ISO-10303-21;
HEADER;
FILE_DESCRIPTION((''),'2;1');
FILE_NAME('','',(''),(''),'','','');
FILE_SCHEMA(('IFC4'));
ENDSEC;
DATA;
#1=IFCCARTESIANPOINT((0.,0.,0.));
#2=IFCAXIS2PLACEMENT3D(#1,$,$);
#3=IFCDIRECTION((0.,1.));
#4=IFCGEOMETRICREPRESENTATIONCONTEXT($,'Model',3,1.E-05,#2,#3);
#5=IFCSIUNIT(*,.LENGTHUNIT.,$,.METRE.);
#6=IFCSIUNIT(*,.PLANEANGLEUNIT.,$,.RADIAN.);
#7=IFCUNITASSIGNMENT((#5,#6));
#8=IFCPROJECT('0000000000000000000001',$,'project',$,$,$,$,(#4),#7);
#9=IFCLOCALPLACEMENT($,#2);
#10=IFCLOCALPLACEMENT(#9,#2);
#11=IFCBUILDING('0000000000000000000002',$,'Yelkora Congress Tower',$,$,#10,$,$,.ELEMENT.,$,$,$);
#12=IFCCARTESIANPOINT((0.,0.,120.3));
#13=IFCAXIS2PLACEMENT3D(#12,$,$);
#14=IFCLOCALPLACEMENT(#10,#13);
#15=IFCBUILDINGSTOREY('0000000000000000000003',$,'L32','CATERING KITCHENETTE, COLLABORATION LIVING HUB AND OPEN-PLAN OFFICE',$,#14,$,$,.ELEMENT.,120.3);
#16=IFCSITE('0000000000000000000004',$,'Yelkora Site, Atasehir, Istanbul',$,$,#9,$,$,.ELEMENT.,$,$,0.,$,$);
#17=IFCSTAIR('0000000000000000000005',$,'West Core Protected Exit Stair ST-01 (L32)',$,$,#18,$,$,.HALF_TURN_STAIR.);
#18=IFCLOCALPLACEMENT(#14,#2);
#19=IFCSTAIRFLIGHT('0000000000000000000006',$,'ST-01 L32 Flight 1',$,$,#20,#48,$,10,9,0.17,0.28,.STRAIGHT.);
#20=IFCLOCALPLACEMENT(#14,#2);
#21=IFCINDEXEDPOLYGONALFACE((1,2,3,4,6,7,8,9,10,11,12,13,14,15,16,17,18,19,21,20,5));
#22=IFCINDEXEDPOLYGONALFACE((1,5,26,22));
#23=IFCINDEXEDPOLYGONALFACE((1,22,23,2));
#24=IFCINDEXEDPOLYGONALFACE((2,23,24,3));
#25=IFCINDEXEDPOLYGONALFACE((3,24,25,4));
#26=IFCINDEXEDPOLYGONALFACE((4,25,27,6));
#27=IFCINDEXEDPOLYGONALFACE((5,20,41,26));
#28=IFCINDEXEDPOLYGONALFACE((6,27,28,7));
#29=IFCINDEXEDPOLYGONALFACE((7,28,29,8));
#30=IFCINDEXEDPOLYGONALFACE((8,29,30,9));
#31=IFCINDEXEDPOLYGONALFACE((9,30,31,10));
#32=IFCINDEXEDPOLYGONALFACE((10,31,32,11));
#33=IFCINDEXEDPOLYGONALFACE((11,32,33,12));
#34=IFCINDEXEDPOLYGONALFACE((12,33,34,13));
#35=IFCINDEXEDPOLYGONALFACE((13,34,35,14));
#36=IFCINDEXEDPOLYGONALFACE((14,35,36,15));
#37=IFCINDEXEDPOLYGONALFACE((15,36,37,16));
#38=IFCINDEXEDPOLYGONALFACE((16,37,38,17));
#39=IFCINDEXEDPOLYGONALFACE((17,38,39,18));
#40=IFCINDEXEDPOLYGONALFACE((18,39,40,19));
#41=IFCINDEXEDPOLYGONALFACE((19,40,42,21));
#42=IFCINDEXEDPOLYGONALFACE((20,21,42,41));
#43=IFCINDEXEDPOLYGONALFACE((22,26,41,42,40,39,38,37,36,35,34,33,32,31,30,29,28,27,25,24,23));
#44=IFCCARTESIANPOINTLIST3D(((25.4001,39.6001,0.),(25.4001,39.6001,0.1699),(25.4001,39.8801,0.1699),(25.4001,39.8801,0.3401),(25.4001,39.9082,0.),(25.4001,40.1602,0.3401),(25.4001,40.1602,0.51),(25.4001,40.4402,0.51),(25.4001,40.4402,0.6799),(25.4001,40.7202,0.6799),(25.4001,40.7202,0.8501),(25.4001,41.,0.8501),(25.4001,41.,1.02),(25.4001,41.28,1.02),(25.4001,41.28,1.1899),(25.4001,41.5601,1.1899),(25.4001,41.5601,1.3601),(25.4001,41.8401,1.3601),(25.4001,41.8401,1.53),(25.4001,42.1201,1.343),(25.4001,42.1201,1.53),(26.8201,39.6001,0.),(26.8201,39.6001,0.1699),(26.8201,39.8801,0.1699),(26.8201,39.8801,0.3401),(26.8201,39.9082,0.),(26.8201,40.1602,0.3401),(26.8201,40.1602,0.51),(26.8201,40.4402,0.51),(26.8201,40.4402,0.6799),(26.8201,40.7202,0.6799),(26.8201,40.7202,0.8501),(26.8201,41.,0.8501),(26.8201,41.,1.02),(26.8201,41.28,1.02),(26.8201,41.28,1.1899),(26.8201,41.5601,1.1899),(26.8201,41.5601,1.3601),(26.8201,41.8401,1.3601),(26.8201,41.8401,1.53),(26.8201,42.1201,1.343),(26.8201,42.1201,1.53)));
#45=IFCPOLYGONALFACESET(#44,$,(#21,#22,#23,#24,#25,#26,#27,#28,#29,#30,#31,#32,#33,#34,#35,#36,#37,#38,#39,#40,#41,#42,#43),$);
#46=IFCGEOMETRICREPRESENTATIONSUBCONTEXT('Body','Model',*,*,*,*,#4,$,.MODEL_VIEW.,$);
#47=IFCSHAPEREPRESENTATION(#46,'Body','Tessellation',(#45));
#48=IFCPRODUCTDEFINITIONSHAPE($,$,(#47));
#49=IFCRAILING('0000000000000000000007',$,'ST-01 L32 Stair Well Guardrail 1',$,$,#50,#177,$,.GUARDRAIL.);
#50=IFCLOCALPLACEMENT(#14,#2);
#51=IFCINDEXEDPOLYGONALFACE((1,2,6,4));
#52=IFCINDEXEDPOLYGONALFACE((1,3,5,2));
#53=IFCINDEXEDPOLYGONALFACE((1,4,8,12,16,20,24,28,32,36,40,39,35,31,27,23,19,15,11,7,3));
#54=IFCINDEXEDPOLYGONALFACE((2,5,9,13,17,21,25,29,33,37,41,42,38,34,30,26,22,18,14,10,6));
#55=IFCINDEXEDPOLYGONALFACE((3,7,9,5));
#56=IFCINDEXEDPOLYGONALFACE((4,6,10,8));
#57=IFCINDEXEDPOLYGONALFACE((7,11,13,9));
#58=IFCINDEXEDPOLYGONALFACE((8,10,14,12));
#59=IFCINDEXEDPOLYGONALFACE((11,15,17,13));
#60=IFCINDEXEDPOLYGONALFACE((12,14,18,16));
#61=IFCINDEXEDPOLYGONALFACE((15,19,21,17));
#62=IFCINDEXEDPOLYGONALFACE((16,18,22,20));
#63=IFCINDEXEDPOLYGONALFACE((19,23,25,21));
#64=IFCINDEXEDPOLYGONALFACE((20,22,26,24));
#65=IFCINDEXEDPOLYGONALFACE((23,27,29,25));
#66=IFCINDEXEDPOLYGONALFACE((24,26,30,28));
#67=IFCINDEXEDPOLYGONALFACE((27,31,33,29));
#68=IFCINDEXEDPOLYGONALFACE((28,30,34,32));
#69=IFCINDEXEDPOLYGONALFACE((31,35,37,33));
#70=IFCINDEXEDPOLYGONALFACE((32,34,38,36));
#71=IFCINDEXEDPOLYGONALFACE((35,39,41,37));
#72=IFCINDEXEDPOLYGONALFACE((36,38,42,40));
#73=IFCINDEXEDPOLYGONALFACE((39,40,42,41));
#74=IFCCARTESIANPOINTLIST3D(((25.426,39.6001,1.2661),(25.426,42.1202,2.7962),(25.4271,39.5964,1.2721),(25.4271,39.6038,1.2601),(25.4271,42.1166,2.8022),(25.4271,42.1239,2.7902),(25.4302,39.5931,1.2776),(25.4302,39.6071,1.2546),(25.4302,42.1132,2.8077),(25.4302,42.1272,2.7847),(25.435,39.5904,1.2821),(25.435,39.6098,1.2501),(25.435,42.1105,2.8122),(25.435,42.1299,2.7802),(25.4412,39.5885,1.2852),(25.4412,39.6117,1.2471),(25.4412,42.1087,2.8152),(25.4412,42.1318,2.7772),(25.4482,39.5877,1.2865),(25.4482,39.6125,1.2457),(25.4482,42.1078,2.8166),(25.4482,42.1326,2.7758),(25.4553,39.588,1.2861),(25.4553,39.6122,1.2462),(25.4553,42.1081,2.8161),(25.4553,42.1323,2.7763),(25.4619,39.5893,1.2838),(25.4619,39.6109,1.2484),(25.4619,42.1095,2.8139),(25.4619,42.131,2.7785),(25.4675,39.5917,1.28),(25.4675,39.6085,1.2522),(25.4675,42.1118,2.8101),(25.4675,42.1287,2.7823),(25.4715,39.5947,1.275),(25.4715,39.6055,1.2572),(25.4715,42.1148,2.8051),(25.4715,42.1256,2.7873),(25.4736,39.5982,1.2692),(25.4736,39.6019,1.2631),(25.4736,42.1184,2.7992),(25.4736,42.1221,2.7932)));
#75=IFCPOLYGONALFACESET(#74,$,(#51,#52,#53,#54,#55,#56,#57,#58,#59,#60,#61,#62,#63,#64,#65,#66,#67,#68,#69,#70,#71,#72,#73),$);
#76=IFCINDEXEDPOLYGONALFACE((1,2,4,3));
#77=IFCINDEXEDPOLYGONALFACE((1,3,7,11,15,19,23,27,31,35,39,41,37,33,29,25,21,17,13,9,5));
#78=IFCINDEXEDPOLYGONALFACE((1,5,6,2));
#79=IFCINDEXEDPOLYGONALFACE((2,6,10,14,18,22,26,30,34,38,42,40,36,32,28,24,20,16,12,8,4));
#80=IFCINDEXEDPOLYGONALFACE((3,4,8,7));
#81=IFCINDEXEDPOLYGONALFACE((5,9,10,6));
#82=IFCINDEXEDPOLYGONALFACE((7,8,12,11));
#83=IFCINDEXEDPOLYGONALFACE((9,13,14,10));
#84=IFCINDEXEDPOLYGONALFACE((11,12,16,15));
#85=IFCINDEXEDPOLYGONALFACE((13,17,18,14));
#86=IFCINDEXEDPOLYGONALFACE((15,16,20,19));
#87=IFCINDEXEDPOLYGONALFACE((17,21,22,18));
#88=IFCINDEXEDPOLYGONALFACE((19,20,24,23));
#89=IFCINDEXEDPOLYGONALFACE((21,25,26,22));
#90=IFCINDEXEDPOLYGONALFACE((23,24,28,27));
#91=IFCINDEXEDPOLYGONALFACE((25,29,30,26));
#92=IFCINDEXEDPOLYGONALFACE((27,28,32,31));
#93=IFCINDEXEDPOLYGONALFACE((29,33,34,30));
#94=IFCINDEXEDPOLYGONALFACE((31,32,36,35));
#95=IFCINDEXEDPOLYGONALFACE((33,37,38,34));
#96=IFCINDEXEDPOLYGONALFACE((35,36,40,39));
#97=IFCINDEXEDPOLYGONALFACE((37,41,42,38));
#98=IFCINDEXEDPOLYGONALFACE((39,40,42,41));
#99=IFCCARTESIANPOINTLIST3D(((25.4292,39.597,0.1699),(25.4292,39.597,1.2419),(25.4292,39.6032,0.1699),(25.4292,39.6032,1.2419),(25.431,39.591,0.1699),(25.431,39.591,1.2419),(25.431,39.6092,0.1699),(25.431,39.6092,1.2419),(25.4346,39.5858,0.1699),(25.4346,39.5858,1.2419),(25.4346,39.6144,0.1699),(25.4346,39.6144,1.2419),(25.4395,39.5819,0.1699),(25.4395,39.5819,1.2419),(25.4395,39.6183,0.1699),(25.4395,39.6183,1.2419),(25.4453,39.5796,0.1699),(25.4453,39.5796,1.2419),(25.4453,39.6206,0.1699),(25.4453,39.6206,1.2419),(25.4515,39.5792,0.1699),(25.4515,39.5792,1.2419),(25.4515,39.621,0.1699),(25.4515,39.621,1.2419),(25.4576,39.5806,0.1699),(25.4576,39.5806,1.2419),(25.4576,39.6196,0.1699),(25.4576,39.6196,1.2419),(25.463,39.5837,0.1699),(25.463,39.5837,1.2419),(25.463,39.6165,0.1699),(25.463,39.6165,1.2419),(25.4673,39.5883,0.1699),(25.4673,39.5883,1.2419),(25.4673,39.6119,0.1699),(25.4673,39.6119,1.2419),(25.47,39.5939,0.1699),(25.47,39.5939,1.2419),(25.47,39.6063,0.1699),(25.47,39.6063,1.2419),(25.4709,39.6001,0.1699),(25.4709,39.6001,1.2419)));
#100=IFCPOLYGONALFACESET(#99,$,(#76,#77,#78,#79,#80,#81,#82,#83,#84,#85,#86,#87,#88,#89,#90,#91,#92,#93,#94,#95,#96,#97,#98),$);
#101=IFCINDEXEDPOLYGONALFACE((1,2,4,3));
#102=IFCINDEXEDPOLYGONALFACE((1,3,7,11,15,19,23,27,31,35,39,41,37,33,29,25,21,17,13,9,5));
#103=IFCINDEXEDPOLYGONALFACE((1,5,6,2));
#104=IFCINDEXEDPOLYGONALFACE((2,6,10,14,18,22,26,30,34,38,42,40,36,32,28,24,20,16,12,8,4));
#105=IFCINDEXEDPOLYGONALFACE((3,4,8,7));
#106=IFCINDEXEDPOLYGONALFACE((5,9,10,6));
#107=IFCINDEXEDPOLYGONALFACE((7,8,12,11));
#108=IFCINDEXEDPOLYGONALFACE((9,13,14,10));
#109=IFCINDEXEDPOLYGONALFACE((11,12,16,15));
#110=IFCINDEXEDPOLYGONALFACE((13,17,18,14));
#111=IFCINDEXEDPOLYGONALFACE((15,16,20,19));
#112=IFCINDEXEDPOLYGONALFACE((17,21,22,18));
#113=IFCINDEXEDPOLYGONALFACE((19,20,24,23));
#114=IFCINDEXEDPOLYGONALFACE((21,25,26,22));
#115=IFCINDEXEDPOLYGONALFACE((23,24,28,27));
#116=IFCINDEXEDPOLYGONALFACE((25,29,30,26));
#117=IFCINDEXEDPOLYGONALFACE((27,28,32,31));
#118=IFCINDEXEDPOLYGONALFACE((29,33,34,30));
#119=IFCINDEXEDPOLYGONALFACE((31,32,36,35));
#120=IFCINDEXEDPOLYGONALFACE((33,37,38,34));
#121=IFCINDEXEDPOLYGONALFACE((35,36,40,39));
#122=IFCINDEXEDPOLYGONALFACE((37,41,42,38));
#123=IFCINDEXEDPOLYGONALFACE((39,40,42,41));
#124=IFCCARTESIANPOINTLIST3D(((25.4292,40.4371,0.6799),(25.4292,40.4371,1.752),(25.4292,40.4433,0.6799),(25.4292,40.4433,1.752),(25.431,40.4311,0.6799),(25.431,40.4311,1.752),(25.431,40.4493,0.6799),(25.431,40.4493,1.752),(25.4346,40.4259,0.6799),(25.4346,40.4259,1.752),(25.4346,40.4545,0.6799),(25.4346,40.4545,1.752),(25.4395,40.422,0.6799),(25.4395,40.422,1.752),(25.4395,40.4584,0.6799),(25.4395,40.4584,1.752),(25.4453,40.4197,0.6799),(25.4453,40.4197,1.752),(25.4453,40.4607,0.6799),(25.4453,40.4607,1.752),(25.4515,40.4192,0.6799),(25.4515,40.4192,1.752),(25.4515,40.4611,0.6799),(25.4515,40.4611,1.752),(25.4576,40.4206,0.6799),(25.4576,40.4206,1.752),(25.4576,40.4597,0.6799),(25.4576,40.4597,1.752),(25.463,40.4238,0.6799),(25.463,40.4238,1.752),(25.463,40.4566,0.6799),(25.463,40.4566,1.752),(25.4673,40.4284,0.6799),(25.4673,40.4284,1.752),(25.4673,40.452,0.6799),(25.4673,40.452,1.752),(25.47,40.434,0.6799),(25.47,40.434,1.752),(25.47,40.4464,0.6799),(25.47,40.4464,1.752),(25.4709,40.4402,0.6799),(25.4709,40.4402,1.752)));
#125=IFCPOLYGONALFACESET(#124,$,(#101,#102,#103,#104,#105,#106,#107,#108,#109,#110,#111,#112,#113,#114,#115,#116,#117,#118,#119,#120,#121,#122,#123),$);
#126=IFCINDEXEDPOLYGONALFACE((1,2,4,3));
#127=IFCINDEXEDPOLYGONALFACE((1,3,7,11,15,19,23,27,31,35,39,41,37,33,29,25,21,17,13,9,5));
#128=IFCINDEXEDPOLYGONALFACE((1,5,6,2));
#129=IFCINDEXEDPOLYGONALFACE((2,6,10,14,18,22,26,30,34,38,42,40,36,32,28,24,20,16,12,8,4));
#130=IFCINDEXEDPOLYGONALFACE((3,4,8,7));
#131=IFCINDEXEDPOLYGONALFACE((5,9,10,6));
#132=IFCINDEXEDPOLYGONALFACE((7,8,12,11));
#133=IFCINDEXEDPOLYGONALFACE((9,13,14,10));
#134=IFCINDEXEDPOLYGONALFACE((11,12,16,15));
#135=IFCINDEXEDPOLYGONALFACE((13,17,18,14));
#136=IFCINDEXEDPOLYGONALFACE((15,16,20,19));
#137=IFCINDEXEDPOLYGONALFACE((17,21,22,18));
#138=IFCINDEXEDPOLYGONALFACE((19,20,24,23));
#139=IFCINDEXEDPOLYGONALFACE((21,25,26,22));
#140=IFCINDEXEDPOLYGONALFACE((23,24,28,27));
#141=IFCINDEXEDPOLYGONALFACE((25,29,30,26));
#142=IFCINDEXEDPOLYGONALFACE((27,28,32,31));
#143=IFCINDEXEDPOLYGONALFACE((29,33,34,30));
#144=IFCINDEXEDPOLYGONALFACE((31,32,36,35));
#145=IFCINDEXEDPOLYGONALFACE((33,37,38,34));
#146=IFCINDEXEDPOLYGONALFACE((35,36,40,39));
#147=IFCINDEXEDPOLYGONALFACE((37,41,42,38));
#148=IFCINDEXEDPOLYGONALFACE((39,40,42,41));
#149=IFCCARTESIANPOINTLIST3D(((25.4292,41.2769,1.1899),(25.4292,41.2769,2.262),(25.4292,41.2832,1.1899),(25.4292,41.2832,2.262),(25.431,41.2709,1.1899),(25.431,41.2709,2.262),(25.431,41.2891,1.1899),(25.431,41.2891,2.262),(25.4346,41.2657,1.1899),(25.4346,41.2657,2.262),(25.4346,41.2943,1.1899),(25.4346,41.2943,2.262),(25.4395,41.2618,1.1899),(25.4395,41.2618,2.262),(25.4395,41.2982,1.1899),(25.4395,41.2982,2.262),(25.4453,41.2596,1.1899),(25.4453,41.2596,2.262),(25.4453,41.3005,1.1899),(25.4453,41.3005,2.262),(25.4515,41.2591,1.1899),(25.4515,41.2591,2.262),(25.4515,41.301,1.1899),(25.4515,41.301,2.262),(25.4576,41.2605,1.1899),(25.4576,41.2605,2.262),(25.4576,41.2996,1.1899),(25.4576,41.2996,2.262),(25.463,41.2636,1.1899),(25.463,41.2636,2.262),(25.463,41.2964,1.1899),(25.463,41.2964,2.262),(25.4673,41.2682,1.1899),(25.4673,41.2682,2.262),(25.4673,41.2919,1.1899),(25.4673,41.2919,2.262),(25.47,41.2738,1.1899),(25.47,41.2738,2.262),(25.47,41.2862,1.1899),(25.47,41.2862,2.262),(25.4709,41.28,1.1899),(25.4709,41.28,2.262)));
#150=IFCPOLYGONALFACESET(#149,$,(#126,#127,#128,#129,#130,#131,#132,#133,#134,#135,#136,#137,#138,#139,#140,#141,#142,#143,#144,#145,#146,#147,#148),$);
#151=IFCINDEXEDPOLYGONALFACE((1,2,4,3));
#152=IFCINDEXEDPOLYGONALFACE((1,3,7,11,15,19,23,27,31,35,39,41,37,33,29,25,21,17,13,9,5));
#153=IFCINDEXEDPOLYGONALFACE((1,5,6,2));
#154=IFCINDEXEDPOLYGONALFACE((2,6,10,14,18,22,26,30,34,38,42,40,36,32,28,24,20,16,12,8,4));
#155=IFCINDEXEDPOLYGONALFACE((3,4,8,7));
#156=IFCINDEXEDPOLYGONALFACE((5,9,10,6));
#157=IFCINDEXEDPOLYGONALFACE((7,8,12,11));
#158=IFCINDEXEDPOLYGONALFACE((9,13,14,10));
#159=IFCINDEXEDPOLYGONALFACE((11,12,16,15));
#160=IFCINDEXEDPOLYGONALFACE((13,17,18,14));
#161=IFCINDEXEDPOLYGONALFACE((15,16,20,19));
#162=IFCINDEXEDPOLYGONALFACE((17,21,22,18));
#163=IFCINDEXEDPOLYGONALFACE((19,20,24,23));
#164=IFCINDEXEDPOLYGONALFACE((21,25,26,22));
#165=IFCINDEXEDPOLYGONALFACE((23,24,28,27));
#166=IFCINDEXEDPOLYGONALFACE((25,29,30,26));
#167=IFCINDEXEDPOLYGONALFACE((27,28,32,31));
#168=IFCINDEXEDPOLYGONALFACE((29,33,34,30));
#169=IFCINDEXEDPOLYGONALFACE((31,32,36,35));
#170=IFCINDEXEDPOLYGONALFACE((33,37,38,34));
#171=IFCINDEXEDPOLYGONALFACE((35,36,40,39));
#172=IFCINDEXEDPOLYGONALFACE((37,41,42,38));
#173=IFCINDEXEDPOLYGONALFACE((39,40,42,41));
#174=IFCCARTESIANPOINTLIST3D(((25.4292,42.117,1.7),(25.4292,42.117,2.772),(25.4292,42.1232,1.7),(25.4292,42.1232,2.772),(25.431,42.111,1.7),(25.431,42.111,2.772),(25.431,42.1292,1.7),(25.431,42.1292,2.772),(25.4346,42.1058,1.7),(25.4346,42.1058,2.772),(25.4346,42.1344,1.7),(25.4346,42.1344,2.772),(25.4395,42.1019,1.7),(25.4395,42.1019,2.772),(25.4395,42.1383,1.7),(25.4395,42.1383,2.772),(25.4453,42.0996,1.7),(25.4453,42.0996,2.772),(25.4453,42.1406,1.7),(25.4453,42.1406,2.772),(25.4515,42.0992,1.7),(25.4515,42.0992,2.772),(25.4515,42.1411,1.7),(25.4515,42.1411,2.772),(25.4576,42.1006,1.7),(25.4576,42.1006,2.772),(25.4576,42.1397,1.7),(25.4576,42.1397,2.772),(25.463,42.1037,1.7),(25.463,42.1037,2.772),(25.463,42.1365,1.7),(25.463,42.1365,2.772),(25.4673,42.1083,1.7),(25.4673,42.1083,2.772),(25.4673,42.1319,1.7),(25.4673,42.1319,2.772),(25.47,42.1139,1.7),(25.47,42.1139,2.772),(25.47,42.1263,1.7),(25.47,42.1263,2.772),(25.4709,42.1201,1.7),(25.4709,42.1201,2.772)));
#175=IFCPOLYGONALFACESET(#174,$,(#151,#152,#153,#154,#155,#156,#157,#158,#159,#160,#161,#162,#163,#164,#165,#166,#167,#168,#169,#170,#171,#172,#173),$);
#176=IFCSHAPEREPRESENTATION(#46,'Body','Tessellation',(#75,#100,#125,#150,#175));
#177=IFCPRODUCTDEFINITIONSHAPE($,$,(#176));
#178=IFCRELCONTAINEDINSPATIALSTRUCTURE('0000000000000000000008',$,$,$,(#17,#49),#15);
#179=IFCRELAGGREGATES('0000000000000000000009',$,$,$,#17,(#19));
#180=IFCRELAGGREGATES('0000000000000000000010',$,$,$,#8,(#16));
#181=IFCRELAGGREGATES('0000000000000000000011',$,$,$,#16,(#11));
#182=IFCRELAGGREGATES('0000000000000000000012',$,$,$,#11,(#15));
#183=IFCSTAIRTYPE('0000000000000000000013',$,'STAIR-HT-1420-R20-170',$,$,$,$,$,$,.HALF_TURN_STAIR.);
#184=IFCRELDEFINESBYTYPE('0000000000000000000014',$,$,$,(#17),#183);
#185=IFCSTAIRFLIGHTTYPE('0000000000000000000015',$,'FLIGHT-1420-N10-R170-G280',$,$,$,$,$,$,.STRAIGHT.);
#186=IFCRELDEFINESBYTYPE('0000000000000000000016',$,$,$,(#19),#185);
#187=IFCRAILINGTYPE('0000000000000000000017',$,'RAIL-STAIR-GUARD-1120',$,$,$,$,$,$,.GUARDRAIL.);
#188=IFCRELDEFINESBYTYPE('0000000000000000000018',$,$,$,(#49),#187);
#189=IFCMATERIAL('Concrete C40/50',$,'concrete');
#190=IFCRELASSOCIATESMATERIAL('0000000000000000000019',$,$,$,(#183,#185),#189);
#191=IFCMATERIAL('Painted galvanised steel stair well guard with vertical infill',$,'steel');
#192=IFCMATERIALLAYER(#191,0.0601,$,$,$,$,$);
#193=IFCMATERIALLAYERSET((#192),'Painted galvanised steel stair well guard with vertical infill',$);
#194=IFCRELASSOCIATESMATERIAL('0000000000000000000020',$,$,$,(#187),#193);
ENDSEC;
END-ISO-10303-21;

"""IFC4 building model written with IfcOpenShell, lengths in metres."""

from ifc_helpers import new_model, si_unit, direction, frame, origin, origin_2d, place, context, subcontext, project, spatial, polyline, circle, outline, extrude, material, layer, layer_set, type_object, element, aggregate, save


model = new_model("IFC4")

# Units and contexts
model_context = context("Model", 3, precision=1e-05, world=origin(), true_north=direction((0.0, 1.0)))
body_context = subcontext(model_context, "Body", "Model", "MODEL_VIEW")
ifc_project = project(units=[si_unit("LENGTHUNIT", "METRE"), si_unit("PLANEANGLEUNIT", "RADIAN")], contexts=[model_context])

# Site, building, storey
site_placement = place(None, origin())
site = spatial("IfcSite", under=ifc_project, at=site_placement, Name="Yelkora Site, Atasehir, Istanbul", CompositionType="ELEMENT", RefElevation=0.0)
building_placement = place(site_placement, origin())
building = spatial("IfcBuilding", under=site, at=building_placement, Name="Yelkora Congress Tower", CompositionType="ELEMENT")
storey_placement = place(building_placement, frame((0.0, 0.0, 120.3)))
storey = spatial("IfcBuildingStorey", under=building, at=storey_placement, Name="L32", Description="CATERING KITCHENETTE, COLLABORATION LIVING HUB AND OPEN-PLAN OFFICE", CompositionType="ELEMENT", Elevation=120.3)

# Stair, stair flight
ifc_material_1 = material(Name="Concrete C40/50", Category="concrete")
stair_type = type_object("IfcStairType", Name="STAIR-HT-1420-R20-170", PredefinedType="HALF_TURN_STAIR", material=ifc_material_1)
stair_placement = place(storey_placement, origin())
stair = element("IfcStair", 1, at=stair_placement, inside=storey, type_object=stair_type, Name="West Core Protected Exit Stair ST-01 (L32)", PredefinedType="HALF_TURN_STAIR")
stair_flight_type = type_object("IfcStairFlightType", Name="FLIGHT-1420-N10-R170-G280", PredefinedType="STRAIGHT", material=ifc_material_1)
stair_flight_placement = place(storey_placement, frame((26.1101, 39.6001, 0.0), z_axis=(0.0, 0.0, 1.0), x_axis=(0.0, 1.0, 0.0)))
stair_flight = element("IfcStairFlight", 2, at=stair_flight_placement, type_object=stair_flight_type, Name="ST-01 L32 Flight 1", NumberOfRisers=10, NumberOfTreads=9, PredefinedType="STRAIGHT", RiserHeight=0.17, TreadLength=0.28, context=body_context, shape_type="SweptSolid", body=[
    extrude(outline(polyline([(0.0, 0.0), (0.0, 0.1699), (0.28, 0.1699), (0.28, 0.3401), (0.5601, 0.3401), (0.5601, 0.51), (0.8401, 0.51), (0.8401, 0.6799), (1.1201, 0.6799), (1.1201, 0.8501), (1.3999, 0.8501), (1.3999, 1.02), (1.6799, 1.02), (1.6799, 1.1899), (1.96, 1.1899), (1.96, 1.3601), (2.24, 1.3601), (2.24, 1.53), (2.52, 1.53), (2.52, 1.7), (2.52, 1.343), (0.3081, 0.0), (0.0, 0.0)])), frame((0.0, 0.71, 0.0), z_axis=(0.0, -1.0, 0.0), x_axis=(1.0, 0.0, 0.0)), (0.0, 0.0, 1.0), 1.4199),
])
aggregate(stair, [stair_flight])

# Railing
ifc_material_2 = material(Name="Painted galvanised steel stair well guard with vertical infill", Category="steel")
ifc_layer_1 = layer(ifc_material_2, 0.0601)
ifc_layer_set_1 = layer_set([ifc_layer_1], Name="Painted galvanised steel stair well guard with vertical infill")
railing_type_1 = type_object("IfcRailingType", Name="RAIL-STAIR-GUARD-1120", PredefinedType="GUARDRAIL", material=ifc_layer_set_1)
railing_1_placement = place(storey_placement, frame((25.45, 39.6001, 0.1699)))
element("IfcRailing", 3, at=railing_1_placement, inside=storey, type_object=railing_type_1, Name="ST-01 L32 Stair Well Guardrail 1", PredefinedType="GUARDRAIL", context=body_context, shape_type="SweptSolid", body=[
    extrude(circle(Radius=0.0239, at=origin_2d()), frame((0.0, 0.0, 1.0962), z_axis=(0.0, 0.854785, 0.518982), x_axis=(-1.0, 0.0, 0.0)), (0.0, 0.0, 1.0), 2.9482),
    extrude(circle(Radius=0.021, at=origin_2d()), origin(), (0.0, 0.0, 1.0), 1.072),
    extrude(circle(Radius=0.021, at=origin_2d()), frame((0.0, 0.8401, 0.51)), (0.0, 0.0, 1.0), 1.072),
    extrude(circle(Radius=0.021, at=origin_2d()), frame((0.0, 1.6799, 1.02)), (0.0, 0.0, 1.0), 1.072),
    extrude(circle(Radius=0.021, at=origin_2d()), frame((0.0, 2.52, 1.53)), (0.0, 0.0, 1.0), 1.072),
])

save(model, "model.ifc")
